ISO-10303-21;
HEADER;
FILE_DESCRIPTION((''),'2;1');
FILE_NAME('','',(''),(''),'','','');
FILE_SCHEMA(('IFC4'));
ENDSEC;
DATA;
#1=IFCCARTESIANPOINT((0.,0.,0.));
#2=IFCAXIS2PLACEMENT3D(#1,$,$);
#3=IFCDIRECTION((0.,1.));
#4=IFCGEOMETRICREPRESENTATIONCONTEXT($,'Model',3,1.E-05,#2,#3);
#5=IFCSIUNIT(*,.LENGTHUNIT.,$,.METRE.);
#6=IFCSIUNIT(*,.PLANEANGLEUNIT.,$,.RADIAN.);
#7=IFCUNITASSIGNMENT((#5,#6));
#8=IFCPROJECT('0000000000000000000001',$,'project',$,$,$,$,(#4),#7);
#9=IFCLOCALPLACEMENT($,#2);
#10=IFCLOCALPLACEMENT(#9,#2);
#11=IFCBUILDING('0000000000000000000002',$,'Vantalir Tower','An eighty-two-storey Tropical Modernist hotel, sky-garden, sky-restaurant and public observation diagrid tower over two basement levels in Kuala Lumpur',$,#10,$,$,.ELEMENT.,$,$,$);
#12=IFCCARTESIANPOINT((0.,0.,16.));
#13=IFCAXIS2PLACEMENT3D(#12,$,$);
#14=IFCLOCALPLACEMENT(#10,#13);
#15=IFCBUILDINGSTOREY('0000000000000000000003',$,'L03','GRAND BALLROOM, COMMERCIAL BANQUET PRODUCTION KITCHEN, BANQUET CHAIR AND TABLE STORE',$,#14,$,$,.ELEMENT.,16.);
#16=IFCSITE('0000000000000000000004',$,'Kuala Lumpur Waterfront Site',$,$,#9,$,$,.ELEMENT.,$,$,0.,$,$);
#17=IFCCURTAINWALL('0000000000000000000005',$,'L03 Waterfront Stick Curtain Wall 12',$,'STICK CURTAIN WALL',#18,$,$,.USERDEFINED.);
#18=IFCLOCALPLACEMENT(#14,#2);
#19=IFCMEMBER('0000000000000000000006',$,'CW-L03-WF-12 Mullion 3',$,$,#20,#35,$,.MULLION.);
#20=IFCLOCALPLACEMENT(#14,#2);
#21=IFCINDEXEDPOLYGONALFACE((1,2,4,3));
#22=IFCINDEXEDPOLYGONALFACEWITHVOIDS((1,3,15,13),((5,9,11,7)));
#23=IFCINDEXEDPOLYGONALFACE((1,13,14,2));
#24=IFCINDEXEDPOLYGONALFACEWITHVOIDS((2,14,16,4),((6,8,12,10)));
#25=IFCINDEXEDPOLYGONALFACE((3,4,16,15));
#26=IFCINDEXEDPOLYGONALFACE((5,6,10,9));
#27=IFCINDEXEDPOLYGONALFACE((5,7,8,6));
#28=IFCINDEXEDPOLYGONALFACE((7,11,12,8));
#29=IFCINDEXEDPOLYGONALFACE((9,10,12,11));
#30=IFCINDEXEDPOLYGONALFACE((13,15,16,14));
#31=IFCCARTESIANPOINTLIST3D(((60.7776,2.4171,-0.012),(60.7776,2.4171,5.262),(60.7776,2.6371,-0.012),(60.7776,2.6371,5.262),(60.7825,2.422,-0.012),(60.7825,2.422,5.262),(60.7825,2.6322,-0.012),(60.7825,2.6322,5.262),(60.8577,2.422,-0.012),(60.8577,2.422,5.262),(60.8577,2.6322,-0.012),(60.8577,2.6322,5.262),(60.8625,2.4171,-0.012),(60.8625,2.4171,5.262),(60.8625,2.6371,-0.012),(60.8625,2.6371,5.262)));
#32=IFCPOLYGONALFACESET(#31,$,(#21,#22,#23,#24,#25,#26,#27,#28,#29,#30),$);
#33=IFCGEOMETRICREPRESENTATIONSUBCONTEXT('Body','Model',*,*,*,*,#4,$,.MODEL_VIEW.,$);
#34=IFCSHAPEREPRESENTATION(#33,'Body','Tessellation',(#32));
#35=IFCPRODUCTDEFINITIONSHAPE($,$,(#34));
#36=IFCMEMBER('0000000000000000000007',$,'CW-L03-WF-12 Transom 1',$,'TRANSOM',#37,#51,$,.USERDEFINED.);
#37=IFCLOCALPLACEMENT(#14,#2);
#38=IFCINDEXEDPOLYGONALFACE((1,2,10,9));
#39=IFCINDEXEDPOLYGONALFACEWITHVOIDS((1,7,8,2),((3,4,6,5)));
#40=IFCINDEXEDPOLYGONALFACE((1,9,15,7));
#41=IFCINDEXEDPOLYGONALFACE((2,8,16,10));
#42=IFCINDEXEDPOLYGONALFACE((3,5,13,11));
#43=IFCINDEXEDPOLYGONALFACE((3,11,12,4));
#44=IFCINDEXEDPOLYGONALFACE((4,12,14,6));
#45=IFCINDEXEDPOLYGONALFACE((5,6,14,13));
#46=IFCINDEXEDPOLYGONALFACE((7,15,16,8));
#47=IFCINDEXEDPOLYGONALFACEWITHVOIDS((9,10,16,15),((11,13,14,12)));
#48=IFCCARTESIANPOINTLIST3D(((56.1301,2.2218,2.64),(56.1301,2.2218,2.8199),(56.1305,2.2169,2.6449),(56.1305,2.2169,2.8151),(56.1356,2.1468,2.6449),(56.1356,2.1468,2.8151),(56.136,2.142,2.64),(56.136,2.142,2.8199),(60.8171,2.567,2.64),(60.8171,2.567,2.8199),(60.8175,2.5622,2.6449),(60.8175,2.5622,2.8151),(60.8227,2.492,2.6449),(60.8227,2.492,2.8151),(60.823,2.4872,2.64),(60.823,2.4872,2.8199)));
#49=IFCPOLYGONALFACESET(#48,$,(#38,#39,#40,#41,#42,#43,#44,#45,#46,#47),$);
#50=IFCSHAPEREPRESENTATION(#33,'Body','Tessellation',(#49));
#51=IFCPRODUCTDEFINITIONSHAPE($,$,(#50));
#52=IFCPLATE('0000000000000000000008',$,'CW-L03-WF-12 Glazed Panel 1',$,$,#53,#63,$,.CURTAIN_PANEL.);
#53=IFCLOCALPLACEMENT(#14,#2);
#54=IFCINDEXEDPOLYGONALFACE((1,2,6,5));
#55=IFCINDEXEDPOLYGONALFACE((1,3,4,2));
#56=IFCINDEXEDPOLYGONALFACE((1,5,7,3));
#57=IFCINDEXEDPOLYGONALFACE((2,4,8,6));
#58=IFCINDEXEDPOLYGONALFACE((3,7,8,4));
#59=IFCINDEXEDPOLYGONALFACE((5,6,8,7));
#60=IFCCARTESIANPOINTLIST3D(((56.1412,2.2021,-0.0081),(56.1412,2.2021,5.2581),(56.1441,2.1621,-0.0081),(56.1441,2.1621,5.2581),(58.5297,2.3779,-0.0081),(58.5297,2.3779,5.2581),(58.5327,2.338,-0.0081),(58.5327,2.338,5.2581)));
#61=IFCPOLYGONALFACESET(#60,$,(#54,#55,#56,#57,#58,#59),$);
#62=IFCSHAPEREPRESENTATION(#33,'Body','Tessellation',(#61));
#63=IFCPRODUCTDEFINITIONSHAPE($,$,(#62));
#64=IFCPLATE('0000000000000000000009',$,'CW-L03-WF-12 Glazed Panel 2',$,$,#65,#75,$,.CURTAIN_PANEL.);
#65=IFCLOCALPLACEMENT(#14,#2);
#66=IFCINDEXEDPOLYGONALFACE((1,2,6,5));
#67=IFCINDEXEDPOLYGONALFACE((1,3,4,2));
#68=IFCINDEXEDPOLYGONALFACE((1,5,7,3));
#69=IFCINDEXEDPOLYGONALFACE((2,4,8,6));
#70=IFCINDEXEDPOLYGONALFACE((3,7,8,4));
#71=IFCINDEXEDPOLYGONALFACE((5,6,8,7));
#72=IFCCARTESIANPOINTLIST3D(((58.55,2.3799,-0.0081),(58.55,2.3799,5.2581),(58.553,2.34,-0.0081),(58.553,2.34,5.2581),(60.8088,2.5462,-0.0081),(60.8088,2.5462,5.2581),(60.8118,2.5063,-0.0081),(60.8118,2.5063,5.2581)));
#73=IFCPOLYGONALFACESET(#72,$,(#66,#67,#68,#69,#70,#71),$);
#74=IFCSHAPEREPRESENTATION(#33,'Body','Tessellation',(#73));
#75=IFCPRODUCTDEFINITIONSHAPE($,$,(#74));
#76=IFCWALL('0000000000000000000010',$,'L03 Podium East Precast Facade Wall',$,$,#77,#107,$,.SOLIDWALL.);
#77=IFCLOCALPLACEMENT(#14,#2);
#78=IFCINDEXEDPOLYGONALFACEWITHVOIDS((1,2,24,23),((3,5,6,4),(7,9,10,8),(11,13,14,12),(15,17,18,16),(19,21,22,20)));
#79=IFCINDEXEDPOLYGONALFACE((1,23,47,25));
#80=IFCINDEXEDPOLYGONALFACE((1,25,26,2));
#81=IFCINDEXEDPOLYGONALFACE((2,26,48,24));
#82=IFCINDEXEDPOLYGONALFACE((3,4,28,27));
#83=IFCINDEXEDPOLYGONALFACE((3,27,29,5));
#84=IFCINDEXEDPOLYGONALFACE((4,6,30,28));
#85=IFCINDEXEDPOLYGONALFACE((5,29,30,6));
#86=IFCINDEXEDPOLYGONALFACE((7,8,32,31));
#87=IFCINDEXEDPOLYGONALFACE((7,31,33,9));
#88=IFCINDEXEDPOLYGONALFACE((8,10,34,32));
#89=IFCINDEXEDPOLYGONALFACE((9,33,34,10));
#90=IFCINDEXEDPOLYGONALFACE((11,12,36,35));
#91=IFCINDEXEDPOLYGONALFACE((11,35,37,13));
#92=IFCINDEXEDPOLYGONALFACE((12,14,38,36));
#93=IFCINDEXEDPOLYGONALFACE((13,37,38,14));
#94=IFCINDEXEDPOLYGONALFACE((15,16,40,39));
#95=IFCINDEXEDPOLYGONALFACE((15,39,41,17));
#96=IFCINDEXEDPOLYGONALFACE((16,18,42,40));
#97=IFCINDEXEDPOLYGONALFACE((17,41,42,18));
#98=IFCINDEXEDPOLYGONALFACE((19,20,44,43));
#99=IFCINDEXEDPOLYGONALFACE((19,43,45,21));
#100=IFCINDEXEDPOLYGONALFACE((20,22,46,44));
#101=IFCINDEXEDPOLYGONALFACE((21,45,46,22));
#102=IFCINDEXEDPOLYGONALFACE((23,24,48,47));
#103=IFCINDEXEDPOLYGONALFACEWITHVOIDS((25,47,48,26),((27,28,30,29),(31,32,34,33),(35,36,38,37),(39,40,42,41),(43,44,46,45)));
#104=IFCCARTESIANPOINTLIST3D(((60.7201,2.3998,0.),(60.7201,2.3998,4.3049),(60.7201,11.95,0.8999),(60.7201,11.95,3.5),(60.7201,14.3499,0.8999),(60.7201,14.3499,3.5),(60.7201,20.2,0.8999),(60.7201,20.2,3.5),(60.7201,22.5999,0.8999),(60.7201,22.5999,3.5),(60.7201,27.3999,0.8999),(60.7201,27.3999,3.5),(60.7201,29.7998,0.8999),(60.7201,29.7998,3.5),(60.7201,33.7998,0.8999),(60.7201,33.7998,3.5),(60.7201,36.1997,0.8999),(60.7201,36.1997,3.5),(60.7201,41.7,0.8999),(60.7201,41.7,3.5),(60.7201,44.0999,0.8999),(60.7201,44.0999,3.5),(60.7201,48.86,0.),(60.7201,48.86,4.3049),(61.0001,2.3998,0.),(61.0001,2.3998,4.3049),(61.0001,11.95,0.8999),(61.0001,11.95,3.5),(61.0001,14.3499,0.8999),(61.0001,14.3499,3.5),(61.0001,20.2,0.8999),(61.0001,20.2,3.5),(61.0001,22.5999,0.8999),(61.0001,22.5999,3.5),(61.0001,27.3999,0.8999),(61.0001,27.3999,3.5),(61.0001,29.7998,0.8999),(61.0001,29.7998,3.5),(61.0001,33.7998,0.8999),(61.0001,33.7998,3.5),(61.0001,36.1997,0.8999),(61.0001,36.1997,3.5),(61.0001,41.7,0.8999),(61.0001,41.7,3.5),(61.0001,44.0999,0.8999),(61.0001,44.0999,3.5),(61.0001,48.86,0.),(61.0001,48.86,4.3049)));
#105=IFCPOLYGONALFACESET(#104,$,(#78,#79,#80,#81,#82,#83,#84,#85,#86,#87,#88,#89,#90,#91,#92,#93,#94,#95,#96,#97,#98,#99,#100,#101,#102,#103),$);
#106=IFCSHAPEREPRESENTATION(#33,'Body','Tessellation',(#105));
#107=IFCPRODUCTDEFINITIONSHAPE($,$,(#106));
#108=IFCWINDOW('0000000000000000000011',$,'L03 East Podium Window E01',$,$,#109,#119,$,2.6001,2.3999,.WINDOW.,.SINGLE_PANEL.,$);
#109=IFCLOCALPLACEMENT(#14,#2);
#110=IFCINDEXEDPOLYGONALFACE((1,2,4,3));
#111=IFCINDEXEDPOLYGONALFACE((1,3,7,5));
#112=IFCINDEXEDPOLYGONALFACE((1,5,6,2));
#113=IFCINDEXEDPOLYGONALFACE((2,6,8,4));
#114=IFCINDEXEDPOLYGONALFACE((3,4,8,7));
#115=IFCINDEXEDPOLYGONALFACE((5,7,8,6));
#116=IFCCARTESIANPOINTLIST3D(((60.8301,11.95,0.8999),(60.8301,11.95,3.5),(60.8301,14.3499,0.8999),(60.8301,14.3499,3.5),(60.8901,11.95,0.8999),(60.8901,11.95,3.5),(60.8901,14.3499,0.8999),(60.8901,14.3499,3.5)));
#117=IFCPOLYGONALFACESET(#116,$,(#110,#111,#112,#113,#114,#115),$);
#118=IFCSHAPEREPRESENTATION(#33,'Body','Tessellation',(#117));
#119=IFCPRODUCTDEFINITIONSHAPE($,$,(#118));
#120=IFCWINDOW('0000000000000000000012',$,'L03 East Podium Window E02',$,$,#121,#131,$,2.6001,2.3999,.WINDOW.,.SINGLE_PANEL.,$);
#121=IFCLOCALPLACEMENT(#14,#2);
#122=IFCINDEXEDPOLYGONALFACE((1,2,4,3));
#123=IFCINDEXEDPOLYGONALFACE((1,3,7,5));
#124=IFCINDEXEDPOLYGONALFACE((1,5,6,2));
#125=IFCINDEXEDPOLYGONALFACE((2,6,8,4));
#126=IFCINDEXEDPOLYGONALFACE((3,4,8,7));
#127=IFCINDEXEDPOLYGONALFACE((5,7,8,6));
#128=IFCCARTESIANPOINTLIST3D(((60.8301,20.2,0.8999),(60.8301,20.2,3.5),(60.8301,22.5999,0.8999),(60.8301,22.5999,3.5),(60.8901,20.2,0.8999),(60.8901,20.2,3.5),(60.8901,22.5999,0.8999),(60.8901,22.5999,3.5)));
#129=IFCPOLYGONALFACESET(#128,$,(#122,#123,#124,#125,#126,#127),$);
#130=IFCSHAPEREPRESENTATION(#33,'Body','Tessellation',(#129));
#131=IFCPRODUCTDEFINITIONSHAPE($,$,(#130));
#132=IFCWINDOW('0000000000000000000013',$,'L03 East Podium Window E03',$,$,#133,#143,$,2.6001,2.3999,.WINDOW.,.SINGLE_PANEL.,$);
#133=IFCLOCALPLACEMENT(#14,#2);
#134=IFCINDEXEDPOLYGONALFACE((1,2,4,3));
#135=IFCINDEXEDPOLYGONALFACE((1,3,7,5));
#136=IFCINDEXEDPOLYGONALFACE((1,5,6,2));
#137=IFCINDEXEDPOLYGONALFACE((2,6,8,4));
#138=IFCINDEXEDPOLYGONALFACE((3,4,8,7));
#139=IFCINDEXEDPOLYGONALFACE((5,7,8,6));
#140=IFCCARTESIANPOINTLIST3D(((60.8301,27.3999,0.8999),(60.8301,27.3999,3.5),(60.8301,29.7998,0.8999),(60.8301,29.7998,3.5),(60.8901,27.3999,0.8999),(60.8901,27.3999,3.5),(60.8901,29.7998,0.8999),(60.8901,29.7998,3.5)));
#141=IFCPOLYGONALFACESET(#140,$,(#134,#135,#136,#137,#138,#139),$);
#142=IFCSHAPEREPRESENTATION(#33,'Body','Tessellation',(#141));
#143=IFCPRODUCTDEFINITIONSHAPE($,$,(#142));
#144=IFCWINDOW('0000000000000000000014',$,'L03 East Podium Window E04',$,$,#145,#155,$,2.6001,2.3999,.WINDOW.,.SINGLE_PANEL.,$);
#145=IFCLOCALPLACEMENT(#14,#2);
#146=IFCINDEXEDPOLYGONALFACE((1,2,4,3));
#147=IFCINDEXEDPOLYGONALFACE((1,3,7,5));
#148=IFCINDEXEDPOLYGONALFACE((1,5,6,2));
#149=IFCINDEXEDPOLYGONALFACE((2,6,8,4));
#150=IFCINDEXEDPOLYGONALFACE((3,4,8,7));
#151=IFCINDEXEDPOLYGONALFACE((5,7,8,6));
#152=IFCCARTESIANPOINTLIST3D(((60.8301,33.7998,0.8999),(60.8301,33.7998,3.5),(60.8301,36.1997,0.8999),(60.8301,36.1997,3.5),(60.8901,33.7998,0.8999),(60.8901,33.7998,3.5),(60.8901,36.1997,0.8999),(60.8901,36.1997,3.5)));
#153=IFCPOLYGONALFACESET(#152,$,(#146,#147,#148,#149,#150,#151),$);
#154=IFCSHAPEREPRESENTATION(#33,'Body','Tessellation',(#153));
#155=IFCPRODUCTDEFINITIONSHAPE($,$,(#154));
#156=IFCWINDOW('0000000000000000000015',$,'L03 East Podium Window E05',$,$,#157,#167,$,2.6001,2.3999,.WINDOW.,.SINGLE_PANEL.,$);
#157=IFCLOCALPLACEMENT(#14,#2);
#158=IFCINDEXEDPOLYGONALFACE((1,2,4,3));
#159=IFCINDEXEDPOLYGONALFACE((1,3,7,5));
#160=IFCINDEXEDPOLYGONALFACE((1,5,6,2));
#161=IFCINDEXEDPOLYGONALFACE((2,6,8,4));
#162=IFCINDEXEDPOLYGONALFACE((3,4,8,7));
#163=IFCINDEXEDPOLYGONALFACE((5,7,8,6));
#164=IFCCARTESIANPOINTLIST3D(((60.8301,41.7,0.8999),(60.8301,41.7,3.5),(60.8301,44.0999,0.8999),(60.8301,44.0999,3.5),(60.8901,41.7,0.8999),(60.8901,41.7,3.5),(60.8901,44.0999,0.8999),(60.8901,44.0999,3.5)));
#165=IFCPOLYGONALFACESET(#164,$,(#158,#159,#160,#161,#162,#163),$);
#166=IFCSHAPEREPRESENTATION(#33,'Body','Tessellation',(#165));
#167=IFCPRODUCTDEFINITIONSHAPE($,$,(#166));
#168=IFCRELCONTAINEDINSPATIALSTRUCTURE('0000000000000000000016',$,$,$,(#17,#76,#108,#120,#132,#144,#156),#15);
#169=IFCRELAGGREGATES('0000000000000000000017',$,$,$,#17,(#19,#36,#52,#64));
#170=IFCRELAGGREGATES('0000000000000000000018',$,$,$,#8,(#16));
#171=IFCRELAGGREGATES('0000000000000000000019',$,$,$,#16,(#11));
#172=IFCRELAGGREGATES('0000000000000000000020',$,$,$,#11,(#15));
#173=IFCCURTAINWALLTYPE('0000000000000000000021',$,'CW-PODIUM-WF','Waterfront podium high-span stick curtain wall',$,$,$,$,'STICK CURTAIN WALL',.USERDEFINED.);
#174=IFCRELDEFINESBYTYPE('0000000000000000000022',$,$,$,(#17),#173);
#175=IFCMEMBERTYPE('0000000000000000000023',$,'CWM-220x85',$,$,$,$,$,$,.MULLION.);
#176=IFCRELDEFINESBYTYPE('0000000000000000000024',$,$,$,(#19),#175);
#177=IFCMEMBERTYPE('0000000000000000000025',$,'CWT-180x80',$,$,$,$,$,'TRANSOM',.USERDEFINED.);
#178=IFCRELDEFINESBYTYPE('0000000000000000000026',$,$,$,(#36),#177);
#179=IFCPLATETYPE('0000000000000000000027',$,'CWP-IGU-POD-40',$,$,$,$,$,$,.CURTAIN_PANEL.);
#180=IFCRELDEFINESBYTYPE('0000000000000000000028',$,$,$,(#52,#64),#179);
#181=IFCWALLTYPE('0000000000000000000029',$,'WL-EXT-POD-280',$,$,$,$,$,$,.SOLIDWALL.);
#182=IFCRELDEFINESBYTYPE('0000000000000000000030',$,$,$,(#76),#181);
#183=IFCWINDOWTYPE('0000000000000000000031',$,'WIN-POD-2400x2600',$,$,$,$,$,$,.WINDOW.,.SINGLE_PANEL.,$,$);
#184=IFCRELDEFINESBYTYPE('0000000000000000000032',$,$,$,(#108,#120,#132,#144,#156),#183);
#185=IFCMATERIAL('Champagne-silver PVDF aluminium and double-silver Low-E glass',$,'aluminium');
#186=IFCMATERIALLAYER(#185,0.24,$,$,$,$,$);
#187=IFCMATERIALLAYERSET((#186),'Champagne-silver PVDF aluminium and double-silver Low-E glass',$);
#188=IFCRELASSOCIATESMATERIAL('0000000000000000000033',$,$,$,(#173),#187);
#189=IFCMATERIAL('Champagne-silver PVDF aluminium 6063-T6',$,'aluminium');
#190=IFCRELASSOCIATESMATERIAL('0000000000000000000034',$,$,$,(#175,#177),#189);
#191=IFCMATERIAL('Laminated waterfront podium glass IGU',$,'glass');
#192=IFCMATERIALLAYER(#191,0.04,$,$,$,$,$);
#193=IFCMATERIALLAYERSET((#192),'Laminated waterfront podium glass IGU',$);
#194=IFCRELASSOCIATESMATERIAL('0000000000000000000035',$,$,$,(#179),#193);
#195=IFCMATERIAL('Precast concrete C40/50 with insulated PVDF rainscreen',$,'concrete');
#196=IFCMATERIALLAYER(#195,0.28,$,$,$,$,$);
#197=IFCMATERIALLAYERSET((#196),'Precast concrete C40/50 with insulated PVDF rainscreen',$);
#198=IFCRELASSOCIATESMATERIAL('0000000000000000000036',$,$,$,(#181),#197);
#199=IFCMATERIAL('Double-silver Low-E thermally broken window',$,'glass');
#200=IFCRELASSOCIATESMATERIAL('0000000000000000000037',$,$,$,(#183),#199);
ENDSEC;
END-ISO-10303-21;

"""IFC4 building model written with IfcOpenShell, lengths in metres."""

from ifc_helpers import new_model, si_unit, direction, frame, frame_2d, origin, origin_2d, place, context, subcontext, project, spatial, rectangle, hollow_rectangle, extrude, material, layer, layer_set, material_profile, profile_set, type_object, element, fill, aggregate, save


model = new_model("IFC4")

# Units and contexts
model_context = context("Model", 3, precision=1e-05, world=origin(), true_north=direction((0.0, 1.0)))
body_context = subcontext(model_context, "Body", "Model", "MODEL_VIEW")
ifc_project = project(units=[si_unit("LENGTHUNIT", "METRE"), si_unit("PLANEANGLEUNIT", "RADIAN")], contexts=[model_context])

# Site, building, storey
site_placement = place(None, origin())
site = spatial("IfcSite", under=ifc_project, at=site_placement, Name="Kuala Lumpur Waterfront Site", CompositionType="ELEMENT", RefElevation=0.0)
building_placement = place(site_placement, origin())
building = spatial("IfcBuilding", under=site, at=building_placement, Name="Vantalir Tower", Description="An eighty-two-storey Tropical Modernist hotel, sky-garden, sky-restaurant and public observation diagrid tower over two basement levels in Kuala Lumpur", CompositionType="ELEMENT")
storey_placement = place(building_placement, frame((0.0, 0.0, 16.0)))
storey = spatial("IfcBuildingStorey", under=building, at=storey_placement, Name="L03", Description="GRAND BALLROOM, COMMERCIAL BANQUET PRODUCTION KITCHEN, BANQUET CHAIR AND TABLE STORE", CompositionType="ELEMENT", Elevation=16.0)

# Shared definitions
ifc_material_1 = material(Name="Champagne-silver PVDF aluminium and double-silver Low-E glass", Category="aluminium")
ifc_layer_1 = layer(ifc_material_1, 0.24)
ifc_layer_set_1 = layer_set([ifc_layer_1], Name="Champagne-silver PVDF aluminium and double-silver Low-E glass")
curtain_wall_type = type_object("IfcCurtainWallType", Name="CW-PODIUM-WF", Description="Waterfront podium high-span stick curtain wall", ElementType="STICK CURTAIN WALL", PredefinedType="USERDEFINED", material=ifc_layer_set_1)
ifc_material_2 = material(Name="Champagne-silver PVDF aluminium 6063-T6", Category="aluminium")
ifc_material_profile_1 = material_profile(ifc_material_2, hollow_rectangle(XDim=0.085, YDim=0.22, WallThickness=0.0049, at=origin_2d()), Name="Champagne-silver PVDF aluminium 6063-T6")
ifc_profile_set_1 = profile_set([ifc_material_profile_1], Name="Champagne-silver PVDF aluminium 6063-T6")
member_type_1 = type_object("IfcMemberType", Name="CWM-220x85", PredefinedType="MULLION", material=ifc_profile_set_1)

# Curtain wall, members, plates
curtain_wall_1_placement = place(storey_placement, origin())
curtain_wall_1 = element("IfcCurtainWall", 1, at=curtain_wall_1_placement, inside=storey, type_object=curtain_wall_type, Name="L03 Waterfront Stick Curtain Wall 12", ObjectType="STICK CURTAIN WALL", PredefinedType="USERDEFINED")
member_1_placement = place(storey_placement, frame((60.8201, 2.5271, -0.012), z_axis=(0.0, 0.0, 1.0), x_axis=(1.0, 0.0, 0.0)))
member_1 = element("IfcMember", 2, at=member_1_placement, type_object=member_type_1, Name="CW-L03-WF-12 Mullion 3", PredefinedType="MULLION", context=body_context, shape_type="SweptSolid", body=[
    extrude(hollow_rectangle(XDim=0.085, YDim=0.22, WallThickness=0.0049, at=origin_2d()), origin(), (0.0, 0.0, 1.0), 5.2739),
])
ifc_material_profile_2 = material_profile(ifc_material_2, hollow_rectangle(XDim=0.0801, YDim=0.1799, WallThickness=0.0049, at=origin_2d()), Name="Champagne-silver PVDF aluminium 6063-T6")
ifc_profile_set_2 = profile_set([ifc_material_profile_2], Name="Champagne-silver PVDF aluminium 6063-T6")
member_type_2 = type_object("IfcMemberType", Name="CWT-180x80", ElementType="TRANSOM", PredefinedType="USERDEFINED", material=ifc_profile_set_2)
member_2_placement = place(storey_placement, frame((56.1331, 2.1819, 2.73), z_axis=(0.997299, 0.073455, 0.0), x_axis=(-0.073455, 0.997299, 0.0)))
member_2 = element("IfcMember", 3, at=member_2_placement, type_object=member_type_2, Name="CW-L03-WF-12 Transom 1", ObjectType="TRANSOM", PredefinedType="USERDEFINED", context=body_context, shape_type="SweptSolid", body=[
    extrude(hollow_rectangle(XDim=0.0801, YDim=0.1799, WallThickness=0.0049, at=origin_2d()), origin(), (0.0, 0.0, 1.0), 4.6997),
])
ifc_material_3 = material(Name="Laminated waterfront podium glass IGU", Category="glass")
ifc_layer_2 = layer(ifc_material_3, 0.04)
ifc_layer_set_2 = layer_set([ifc_layer_2], Name="Laminated waterfront podium glass IGU")
plate_type = type_object("IfcPlateType", Name="CWP-IGU-POD-40", PredefinedType="CURTAIN_PANEL", material=ifc_layer_set_2)
plate_1_placement = place(storey_placement, frame((57.3369, 2.27, -0.0081), z_axis=(0.0, 0.0, 1.0), x_axis=(0.9973, 0.07343, 0.0)))
plate_1 = element("IfcPlate", 4, at=plate_1_placement, type_object=plate_type, Name="CW-L03-WF-12 Glazed Panel 1", PredefinedType="CURTAIN_PANEL", context=body_context, shape_type="SweptSolid", body=[
    extrude(rectangle(XDim=2.395, YDim=0.04, at=origin_2d()), origin(), (0.0, 0.0, 1.0), 5.2661),
])
plate_2_placement = place(storey_placement, frame((59.6809, 2.4431, -0.0081), z_axis=(0.0, 0.0, 1.0), x_axis=(0.9973, 0.07343, 0.0)))
plate_2 = element("IfcPlate", 5, at=plate_2_placement, type_object=plate_type, Name="CW-L03-WF-12 Glazed Panel 2", PredefinedType="CURTAIN_PANEL", context=body_context, shape_type="SweptSolid", body=[
    extrude(rectangle(XDim=2.2649, YDim=0.04, at=origin_2d()), origin(), (0.0, 0.0, 1.0), 5.2661),
])
aggregate(curtain_wall_1, [member_1, member_2, plate_1, plate_2])

# Wall, openings, windows
ifc_material_4 = material(Name="Precast concrete C40/50 with insulated PVDF rainscreen", Category="concrete")
ifc_layer_3 = layer(ifc_material_4, 0.28)
ifc_layer_set_3 = layer_set([ifc_layer_3], Name="Precast concrete C40/50 with insulated PVDF rainscreen")
wall_type_1 = type_object("IfcWallType", Name="WL-EXT-POD-280", PredefinedType="SOLIDWALL", material=ifc_layer_set_3)
wall_1_placement = place(storey_placement, frame((60.8601, 2.3999, 0.0), z_axis=(0.0, 0.0, 1.0), x_axis=(0.0, 1.0, 0.0)))
wall_1 = element("IfcWall", 6, at=wall_1_placement, inside=storey, type_object=wall_type_1, Name="L03 Podium East Precast Facade Wall", PredefinedType="SOLIDWALL", context=body_context, shape_type="SweptSolid", body=[
    extrude(rectangle(XDim=46.4602, YDim=0.28, at=frame_2d((23.23, 0.0))), origin(), (0.0, 0.0, 1.0), 4.3049),
])
opening_1_placement = place(wall_1_placement, frame((9.55, 0.0, 0.8999)))
opening_1 = element("IfcOpeningElement", 7, at=opening_1_placement, cuts=wall_1, PredefinedType="OPENING", context=body_context, shape_type="SweptSolid", body=[
    extrude(rectangle(XDim=2.3999, YDim=2.6001, at=frame_2d((1.2, 1.3))), frame((0.0, 0.1499, 0.0), z_axis=(0.0, -1.0, 0.0), x_axis=(1.0, 0.0, 0.0)), (0.0, 0.0, 1.0), 0.3),
])
opening_2_placement = place(wall_1_placement, frame((17.8, 0.0, 0.8999)))
opening_2 = element("IfcOpeningElement", 8, at=opening_2_placement, cuts=wall_1, PredefinedType="OPENING", context=body_context, shape_type="SweptSolid", body=[
    extrude(rectangle(XDim=2.3999, YDim=2.6001, at=frame_2d((1.2, 1.3))), frame((0.0, 0.1499, 0.0), z_axis=(0.0, -1.0, 0.0), x_axis=(1.0, 0.0, 0.0)), (0.0, 0.0, 1.0), 0.3),
])
opening_3_placement = place(wall_1_placement, frame((25.0, 0.0, 0.8999)))
opening_3 = element("IfcOpeningElement", 9, at=opening_3_placement, cuts=wall_1, PredefinedType="OPENING", context=body_context, shape_type="SweptSolid", body=[
    extrude(rectangle(XDim=2.3999, YDim=2.6001, at=frame_2d((1.2, 1.3))), frame((0.0, 0.1499, 0.0), z_axis=(0.0, -1.0, 0.0), x_axis=(1.0, 0.0, 0.0)), (0.0, 0.0, 1.0), 0.3),
])
opening_4_placement = place(wall_1_placement, frame((31.3999, 0.0, 0.8999)))
opening_4 = element("IfcOpeningElement", 10, at=opening_4_placement, cuts=wall_1, PredefinedType="OPENING", context=body_context, shape_type="SweptSolid", body=[
    extrude(rectangle(XDim=2.3999, YDim=2.6001, at=frame_2d((1.2, 1.3))), frame((0.0, 0.1499, 0.0), z_axis=(0.0, -1.0, 0.0), x_axis=(1.0, 0.0, 0.0)), (0.0, 0.0, 1.0), 0.3),
])
opening_5_placement = place(wall_1_placement, frame((39.3, 0.0, 0.8999)))
opening_5 = element("IfcOpeningElement", 11, at=opening_5_placement, cuts=wall_1, PredefinedType="OPENING", context=body_context, shape_type="SweptSolid", body=[
    extrude(rectangle(XDim=2.3999, YDim=2.6001, at=frame_2d((1.2, 1.3))), frame((0.0, 0.1499, 0.0), z_axis=(0.0, -1.0, 0.0), x_axis=(1.0, 0.0, 0.0)), (0.0, 0.0, 1.0), 0.3),
])
ifc_material_5 = material(Name="Double-silver Low-E thermally broken window", Category="glass")
window_type = type_object("IfcWindowType", Name="WIN-POD-2400x2600", PartitioningType="SINGLE_PANEL", PredefinedType="WINDOW", material=ifc_material_5)
window_1_placement = place(opening_1_placement, origin())
window_1 = element("IfcWindow", 12, at=window_1_placement, inside=storey, type_object=window_type, Name="L03 East Podium Window E01", OverallHeight=2.6001, OverallWidth=2.3999, PartitioningType="SINGLE_PANEL", PredefinedType="WINDOW", context=body_context, shape_type="SweptSolid", body=[
    extrude(rectangle(XDim=2.3999, YDim=2.6001, at=frame_2d((1.2, 1.3))), frame((0.0, 0.03, 0.0), z_axis=(0.0, -1.0, 0.0), x_axis=(1.0, 0.0, 0.0)), (0.0, 0.0, 1.0), 0.0601),
])
fill(opening_1, window_1)
window_2_placement = place(opening_2_placement, origin())
window_2 = element("IfcWindow", 13, at=window_2_placement, inside=storey, type_object=window_type, Name="L03 East Podium Window E02", OverallHeight=2.6001, OverallWidth=2.3999, PartitioningType="SINGLE_PANEL", PredefinedType="WINDOW", context=body_context, shape_type="SweptSolid", body=[
    extrude(rectangle(XDim=2.3999, YDim=2.6001, at=frame_2d((1.2, 1.3))), frame((0.0, 0.03, 0.0), z_axis=(0.0, -1.0, 0.0), x_axis=(1.0, 0.0, 0.0)), (0.0, 0.0, 1.0), 0.0601),
])
fill(opening_2, window_2)
window_3_placement = place(opening_3_placement, origin())
window_3 = element("IfcWindow", 14, at=window_3_placement, inside=storey, type_object=window_type, Name="L03 East Podium Window E03", OverallHeight=2.6001, OverallWidth=2.3999, PartitioningType="SINGLE_PANEL", PredefinedType="WINDOW", context=body_context, shape_type="SweptSolid", body=[
    extrude(rectangle(XDim=2.3999, YDim=2.6001, at=frame_2d((1.2, 1.3))), frame((0.0, 0.03, 0.0), z_axis=(0.0, -1.0, 0.0), x_axis=(1.0, 0.0, 0.0)), (0.0, 0.0, 1.0), 0.0601),
])
fill(opening_3, window_3)
window_4_placement = place(opening_4_placement, origin())
window_4 = element("IfcWindow", 15, at=window_4_placement, inside=storey, type_object=window_type, Name="L03 East Podium Window E04", OverallHeight=2.6001, OverallWidth=2.3999, PartitioningType="SINGLE_PANEL", PredefinedType="WINDOW", context=body_context, shape_type="SweptSolid", body=[
    extrude(rectangle(XDim=2.3999, YDim=2.6001, at=frame_2d((1.2, 1.3))), frame((0.0, 0.03, 0.0), z_axis=(0.0, -1.0, 0.0), x_axis=(1.0, 0.0, 0.0)), (0.0, 0.0, 1.0), 0.0601),
])
fill(opening_4, window_4)
window_5_placement = place(opening_5_placement, origin())
window_5 = element("IfcWindow", 16, at=window_5_placement, inside=storey, type_object=window_type, Name="L03 East Podium Window E05", OverallHeight=2.6001, OverallWidth=2.3999, PartitioningType="SINGLE_PANEL", PredefinedType="WINDOW", context=body_context, shape_type="SweptSolid", body=[
    extrude(rectangle(XDim=2.3999, YDim=2.6001, at=frame_2d((1.2, 1.3))), frame((0.0, 0.03, 0.0), z_axis=(0.0, -1.0, 0.0), x_axis=(1.0, 0.0, 0.0)), (0.0, 0.0, 1.0), 0.0601),
])
fill(opening_5, window_5)

save(model, "model.ifc")
